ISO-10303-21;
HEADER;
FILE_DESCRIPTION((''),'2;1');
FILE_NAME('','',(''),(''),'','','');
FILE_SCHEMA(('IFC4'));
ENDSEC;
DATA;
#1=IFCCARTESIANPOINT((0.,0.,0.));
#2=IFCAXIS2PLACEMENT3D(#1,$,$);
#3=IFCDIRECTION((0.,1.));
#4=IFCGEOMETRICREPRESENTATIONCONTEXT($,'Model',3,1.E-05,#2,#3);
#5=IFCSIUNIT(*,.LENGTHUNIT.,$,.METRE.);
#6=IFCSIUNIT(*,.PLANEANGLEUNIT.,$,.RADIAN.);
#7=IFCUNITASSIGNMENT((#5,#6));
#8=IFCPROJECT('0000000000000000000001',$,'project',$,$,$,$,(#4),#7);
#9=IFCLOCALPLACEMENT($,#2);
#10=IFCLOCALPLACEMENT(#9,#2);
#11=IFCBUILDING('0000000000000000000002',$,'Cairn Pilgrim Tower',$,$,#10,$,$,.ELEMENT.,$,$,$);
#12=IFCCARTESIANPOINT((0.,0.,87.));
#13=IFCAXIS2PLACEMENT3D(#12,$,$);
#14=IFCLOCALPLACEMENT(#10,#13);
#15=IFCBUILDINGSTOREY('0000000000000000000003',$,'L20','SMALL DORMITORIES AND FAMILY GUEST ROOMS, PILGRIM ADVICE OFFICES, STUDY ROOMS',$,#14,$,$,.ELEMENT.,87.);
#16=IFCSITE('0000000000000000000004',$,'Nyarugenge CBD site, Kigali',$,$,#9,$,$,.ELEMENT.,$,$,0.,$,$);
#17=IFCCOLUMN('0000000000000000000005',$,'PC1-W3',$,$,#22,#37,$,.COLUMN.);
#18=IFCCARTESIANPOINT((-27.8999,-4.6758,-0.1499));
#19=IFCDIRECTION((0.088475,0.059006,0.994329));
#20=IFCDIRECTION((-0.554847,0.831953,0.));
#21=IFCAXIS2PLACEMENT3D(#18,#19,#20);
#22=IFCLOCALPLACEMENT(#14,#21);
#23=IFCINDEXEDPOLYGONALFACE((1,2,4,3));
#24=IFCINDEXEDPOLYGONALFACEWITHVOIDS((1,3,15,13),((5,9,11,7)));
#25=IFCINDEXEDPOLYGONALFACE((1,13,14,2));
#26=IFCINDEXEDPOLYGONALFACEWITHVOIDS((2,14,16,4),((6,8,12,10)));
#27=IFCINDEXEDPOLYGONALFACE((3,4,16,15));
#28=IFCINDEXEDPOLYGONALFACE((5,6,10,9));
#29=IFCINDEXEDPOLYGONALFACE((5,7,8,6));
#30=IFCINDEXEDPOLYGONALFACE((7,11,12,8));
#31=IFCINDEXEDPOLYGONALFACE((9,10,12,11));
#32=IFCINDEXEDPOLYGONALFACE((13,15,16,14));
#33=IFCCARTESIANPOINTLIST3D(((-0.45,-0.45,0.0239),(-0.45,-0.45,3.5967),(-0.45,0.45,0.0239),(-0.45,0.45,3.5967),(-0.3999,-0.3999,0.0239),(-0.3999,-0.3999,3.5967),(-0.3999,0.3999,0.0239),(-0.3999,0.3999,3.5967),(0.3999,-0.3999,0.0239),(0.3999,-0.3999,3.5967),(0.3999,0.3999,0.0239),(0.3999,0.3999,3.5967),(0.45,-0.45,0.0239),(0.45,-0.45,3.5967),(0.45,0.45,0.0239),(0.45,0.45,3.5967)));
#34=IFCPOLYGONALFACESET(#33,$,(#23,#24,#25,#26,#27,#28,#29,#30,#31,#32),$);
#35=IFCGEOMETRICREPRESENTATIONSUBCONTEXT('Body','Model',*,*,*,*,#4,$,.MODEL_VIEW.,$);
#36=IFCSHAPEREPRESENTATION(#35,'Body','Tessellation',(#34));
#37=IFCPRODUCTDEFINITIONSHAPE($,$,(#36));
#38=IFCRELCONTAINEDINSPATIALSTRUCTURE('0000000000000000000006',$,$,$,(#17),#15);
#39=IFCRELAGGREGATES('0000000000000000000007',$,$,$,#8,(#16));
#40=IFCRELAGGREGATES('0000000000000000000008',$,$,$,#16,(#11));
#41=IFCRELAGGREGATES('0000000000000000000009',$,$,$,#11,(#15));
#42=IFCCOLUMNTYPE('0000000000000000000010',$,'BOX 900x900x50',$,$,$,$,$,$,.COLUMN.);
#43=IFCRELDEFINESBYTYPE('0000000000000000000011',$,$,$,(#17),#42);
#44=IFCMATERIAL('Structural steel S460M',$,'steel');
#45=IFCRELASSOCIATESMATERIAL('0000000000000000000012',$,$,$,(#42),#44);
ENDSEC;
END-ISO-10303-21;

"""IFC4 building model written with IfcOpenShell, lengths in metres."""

from ifc_helpers import new_model, si_unit, direction, frame, origin, origin_2d, place, context, subcontext, project, spatial, hollow_rectangle, extrude, clip, halfspace, material, material_profile, profile_set, type_object, element, save


model = new_model("IFC4")

# Units and contexts
model_context = context("Model", 3, precision=1e-05, world=origin(), true_north=direction((0.0, 1.0)))
body_context = subcontext(model_context, "Body", "Model", "MODEL_VIEW")
ifc_project = project(units=[si_unit("LENGTHUNIT", "METRE"), si_unit("PLANEANGLEUNIT", "RADIAN")], contexts=[model_context])

# Site, building, storey
site_placement = place(None, origin())
site = spatial("IfcSite", under=ifc_project, at=site_placement, Name="Nyarugenge CBD site, Kigali", CompositionType="ELEMENT", RefElevation=0.0)
building_placement = place(site_placement, origin())
building = spatial("IfcBuilding", under=site, at=building_placement, Name="Cairn Pilgrim Tower", CompositionType="ELEMENT")
storey_placement = place(building_placement, frame((0.0, 0.0, 87.0)))
storey = spatial("IfcBuildingStorey", under=building, at=storey_placement, Name="L20", Description="SMALL DORMITORIES AND FAMILY GUEST ROOMS, PILGRIM ADVICE OFFICES, STUDY ROOMS", CompositionType="ELEMENT", Elevation=87.0)

# Column
ifc_material_1 = material(Name="Structural steel S460M", Category="steel")
ifc_material_profile_1 = material_profile(ifc_material_1, hollow_rectangle(XDim=0.8999, YDim=0.8999, WallThickness=0.05, at=origin_2d()), Name="BOX 900x900x50")
ifc_profile_set_1 = profile_set([ifc_material_profile_1], Name="Structural steel S460M")
column_type = type_object("IfcColumnType", Name="BOX 900x900x50", PredefinedType="COLUMN", material=ifc_profile_set_1)
column_placement = place(storey_placement, frame((-27.8999, -4.6758, -0.1499), z_axis=(0.088475, 0.059006, 0.994329), x_axis=(-0.554847, 0.831953, 0.0)))
element("IfcColumn", 1, at=column_placement, inside=storey, type_object=column_type, Name="PC1-W3", PredefinedType="COLUMN", context=body_context, shape_type="Clipping", body=[
    clip(clip(extrude(hollow_rectangle(XDim=0.8999, YDim=0.8999, WallThickness=0.05, at=origin_2d()), origin(), (0.0, 0.0, 1.0), 3.6204), halfspace(frame((0.0, 0.0, 0.0239), z_axis=(0.0, 0.0, 1.0), x_axis=(1.0, 0.0, 0.0)), True)), halfspace(frame((0.0, 0.0, 3.5967), z_axis=(0.0, 0.0, 1.0), x_axis=(1.0, 0.0, 0.0)), False)),
])

save(model, "model.ifc")
